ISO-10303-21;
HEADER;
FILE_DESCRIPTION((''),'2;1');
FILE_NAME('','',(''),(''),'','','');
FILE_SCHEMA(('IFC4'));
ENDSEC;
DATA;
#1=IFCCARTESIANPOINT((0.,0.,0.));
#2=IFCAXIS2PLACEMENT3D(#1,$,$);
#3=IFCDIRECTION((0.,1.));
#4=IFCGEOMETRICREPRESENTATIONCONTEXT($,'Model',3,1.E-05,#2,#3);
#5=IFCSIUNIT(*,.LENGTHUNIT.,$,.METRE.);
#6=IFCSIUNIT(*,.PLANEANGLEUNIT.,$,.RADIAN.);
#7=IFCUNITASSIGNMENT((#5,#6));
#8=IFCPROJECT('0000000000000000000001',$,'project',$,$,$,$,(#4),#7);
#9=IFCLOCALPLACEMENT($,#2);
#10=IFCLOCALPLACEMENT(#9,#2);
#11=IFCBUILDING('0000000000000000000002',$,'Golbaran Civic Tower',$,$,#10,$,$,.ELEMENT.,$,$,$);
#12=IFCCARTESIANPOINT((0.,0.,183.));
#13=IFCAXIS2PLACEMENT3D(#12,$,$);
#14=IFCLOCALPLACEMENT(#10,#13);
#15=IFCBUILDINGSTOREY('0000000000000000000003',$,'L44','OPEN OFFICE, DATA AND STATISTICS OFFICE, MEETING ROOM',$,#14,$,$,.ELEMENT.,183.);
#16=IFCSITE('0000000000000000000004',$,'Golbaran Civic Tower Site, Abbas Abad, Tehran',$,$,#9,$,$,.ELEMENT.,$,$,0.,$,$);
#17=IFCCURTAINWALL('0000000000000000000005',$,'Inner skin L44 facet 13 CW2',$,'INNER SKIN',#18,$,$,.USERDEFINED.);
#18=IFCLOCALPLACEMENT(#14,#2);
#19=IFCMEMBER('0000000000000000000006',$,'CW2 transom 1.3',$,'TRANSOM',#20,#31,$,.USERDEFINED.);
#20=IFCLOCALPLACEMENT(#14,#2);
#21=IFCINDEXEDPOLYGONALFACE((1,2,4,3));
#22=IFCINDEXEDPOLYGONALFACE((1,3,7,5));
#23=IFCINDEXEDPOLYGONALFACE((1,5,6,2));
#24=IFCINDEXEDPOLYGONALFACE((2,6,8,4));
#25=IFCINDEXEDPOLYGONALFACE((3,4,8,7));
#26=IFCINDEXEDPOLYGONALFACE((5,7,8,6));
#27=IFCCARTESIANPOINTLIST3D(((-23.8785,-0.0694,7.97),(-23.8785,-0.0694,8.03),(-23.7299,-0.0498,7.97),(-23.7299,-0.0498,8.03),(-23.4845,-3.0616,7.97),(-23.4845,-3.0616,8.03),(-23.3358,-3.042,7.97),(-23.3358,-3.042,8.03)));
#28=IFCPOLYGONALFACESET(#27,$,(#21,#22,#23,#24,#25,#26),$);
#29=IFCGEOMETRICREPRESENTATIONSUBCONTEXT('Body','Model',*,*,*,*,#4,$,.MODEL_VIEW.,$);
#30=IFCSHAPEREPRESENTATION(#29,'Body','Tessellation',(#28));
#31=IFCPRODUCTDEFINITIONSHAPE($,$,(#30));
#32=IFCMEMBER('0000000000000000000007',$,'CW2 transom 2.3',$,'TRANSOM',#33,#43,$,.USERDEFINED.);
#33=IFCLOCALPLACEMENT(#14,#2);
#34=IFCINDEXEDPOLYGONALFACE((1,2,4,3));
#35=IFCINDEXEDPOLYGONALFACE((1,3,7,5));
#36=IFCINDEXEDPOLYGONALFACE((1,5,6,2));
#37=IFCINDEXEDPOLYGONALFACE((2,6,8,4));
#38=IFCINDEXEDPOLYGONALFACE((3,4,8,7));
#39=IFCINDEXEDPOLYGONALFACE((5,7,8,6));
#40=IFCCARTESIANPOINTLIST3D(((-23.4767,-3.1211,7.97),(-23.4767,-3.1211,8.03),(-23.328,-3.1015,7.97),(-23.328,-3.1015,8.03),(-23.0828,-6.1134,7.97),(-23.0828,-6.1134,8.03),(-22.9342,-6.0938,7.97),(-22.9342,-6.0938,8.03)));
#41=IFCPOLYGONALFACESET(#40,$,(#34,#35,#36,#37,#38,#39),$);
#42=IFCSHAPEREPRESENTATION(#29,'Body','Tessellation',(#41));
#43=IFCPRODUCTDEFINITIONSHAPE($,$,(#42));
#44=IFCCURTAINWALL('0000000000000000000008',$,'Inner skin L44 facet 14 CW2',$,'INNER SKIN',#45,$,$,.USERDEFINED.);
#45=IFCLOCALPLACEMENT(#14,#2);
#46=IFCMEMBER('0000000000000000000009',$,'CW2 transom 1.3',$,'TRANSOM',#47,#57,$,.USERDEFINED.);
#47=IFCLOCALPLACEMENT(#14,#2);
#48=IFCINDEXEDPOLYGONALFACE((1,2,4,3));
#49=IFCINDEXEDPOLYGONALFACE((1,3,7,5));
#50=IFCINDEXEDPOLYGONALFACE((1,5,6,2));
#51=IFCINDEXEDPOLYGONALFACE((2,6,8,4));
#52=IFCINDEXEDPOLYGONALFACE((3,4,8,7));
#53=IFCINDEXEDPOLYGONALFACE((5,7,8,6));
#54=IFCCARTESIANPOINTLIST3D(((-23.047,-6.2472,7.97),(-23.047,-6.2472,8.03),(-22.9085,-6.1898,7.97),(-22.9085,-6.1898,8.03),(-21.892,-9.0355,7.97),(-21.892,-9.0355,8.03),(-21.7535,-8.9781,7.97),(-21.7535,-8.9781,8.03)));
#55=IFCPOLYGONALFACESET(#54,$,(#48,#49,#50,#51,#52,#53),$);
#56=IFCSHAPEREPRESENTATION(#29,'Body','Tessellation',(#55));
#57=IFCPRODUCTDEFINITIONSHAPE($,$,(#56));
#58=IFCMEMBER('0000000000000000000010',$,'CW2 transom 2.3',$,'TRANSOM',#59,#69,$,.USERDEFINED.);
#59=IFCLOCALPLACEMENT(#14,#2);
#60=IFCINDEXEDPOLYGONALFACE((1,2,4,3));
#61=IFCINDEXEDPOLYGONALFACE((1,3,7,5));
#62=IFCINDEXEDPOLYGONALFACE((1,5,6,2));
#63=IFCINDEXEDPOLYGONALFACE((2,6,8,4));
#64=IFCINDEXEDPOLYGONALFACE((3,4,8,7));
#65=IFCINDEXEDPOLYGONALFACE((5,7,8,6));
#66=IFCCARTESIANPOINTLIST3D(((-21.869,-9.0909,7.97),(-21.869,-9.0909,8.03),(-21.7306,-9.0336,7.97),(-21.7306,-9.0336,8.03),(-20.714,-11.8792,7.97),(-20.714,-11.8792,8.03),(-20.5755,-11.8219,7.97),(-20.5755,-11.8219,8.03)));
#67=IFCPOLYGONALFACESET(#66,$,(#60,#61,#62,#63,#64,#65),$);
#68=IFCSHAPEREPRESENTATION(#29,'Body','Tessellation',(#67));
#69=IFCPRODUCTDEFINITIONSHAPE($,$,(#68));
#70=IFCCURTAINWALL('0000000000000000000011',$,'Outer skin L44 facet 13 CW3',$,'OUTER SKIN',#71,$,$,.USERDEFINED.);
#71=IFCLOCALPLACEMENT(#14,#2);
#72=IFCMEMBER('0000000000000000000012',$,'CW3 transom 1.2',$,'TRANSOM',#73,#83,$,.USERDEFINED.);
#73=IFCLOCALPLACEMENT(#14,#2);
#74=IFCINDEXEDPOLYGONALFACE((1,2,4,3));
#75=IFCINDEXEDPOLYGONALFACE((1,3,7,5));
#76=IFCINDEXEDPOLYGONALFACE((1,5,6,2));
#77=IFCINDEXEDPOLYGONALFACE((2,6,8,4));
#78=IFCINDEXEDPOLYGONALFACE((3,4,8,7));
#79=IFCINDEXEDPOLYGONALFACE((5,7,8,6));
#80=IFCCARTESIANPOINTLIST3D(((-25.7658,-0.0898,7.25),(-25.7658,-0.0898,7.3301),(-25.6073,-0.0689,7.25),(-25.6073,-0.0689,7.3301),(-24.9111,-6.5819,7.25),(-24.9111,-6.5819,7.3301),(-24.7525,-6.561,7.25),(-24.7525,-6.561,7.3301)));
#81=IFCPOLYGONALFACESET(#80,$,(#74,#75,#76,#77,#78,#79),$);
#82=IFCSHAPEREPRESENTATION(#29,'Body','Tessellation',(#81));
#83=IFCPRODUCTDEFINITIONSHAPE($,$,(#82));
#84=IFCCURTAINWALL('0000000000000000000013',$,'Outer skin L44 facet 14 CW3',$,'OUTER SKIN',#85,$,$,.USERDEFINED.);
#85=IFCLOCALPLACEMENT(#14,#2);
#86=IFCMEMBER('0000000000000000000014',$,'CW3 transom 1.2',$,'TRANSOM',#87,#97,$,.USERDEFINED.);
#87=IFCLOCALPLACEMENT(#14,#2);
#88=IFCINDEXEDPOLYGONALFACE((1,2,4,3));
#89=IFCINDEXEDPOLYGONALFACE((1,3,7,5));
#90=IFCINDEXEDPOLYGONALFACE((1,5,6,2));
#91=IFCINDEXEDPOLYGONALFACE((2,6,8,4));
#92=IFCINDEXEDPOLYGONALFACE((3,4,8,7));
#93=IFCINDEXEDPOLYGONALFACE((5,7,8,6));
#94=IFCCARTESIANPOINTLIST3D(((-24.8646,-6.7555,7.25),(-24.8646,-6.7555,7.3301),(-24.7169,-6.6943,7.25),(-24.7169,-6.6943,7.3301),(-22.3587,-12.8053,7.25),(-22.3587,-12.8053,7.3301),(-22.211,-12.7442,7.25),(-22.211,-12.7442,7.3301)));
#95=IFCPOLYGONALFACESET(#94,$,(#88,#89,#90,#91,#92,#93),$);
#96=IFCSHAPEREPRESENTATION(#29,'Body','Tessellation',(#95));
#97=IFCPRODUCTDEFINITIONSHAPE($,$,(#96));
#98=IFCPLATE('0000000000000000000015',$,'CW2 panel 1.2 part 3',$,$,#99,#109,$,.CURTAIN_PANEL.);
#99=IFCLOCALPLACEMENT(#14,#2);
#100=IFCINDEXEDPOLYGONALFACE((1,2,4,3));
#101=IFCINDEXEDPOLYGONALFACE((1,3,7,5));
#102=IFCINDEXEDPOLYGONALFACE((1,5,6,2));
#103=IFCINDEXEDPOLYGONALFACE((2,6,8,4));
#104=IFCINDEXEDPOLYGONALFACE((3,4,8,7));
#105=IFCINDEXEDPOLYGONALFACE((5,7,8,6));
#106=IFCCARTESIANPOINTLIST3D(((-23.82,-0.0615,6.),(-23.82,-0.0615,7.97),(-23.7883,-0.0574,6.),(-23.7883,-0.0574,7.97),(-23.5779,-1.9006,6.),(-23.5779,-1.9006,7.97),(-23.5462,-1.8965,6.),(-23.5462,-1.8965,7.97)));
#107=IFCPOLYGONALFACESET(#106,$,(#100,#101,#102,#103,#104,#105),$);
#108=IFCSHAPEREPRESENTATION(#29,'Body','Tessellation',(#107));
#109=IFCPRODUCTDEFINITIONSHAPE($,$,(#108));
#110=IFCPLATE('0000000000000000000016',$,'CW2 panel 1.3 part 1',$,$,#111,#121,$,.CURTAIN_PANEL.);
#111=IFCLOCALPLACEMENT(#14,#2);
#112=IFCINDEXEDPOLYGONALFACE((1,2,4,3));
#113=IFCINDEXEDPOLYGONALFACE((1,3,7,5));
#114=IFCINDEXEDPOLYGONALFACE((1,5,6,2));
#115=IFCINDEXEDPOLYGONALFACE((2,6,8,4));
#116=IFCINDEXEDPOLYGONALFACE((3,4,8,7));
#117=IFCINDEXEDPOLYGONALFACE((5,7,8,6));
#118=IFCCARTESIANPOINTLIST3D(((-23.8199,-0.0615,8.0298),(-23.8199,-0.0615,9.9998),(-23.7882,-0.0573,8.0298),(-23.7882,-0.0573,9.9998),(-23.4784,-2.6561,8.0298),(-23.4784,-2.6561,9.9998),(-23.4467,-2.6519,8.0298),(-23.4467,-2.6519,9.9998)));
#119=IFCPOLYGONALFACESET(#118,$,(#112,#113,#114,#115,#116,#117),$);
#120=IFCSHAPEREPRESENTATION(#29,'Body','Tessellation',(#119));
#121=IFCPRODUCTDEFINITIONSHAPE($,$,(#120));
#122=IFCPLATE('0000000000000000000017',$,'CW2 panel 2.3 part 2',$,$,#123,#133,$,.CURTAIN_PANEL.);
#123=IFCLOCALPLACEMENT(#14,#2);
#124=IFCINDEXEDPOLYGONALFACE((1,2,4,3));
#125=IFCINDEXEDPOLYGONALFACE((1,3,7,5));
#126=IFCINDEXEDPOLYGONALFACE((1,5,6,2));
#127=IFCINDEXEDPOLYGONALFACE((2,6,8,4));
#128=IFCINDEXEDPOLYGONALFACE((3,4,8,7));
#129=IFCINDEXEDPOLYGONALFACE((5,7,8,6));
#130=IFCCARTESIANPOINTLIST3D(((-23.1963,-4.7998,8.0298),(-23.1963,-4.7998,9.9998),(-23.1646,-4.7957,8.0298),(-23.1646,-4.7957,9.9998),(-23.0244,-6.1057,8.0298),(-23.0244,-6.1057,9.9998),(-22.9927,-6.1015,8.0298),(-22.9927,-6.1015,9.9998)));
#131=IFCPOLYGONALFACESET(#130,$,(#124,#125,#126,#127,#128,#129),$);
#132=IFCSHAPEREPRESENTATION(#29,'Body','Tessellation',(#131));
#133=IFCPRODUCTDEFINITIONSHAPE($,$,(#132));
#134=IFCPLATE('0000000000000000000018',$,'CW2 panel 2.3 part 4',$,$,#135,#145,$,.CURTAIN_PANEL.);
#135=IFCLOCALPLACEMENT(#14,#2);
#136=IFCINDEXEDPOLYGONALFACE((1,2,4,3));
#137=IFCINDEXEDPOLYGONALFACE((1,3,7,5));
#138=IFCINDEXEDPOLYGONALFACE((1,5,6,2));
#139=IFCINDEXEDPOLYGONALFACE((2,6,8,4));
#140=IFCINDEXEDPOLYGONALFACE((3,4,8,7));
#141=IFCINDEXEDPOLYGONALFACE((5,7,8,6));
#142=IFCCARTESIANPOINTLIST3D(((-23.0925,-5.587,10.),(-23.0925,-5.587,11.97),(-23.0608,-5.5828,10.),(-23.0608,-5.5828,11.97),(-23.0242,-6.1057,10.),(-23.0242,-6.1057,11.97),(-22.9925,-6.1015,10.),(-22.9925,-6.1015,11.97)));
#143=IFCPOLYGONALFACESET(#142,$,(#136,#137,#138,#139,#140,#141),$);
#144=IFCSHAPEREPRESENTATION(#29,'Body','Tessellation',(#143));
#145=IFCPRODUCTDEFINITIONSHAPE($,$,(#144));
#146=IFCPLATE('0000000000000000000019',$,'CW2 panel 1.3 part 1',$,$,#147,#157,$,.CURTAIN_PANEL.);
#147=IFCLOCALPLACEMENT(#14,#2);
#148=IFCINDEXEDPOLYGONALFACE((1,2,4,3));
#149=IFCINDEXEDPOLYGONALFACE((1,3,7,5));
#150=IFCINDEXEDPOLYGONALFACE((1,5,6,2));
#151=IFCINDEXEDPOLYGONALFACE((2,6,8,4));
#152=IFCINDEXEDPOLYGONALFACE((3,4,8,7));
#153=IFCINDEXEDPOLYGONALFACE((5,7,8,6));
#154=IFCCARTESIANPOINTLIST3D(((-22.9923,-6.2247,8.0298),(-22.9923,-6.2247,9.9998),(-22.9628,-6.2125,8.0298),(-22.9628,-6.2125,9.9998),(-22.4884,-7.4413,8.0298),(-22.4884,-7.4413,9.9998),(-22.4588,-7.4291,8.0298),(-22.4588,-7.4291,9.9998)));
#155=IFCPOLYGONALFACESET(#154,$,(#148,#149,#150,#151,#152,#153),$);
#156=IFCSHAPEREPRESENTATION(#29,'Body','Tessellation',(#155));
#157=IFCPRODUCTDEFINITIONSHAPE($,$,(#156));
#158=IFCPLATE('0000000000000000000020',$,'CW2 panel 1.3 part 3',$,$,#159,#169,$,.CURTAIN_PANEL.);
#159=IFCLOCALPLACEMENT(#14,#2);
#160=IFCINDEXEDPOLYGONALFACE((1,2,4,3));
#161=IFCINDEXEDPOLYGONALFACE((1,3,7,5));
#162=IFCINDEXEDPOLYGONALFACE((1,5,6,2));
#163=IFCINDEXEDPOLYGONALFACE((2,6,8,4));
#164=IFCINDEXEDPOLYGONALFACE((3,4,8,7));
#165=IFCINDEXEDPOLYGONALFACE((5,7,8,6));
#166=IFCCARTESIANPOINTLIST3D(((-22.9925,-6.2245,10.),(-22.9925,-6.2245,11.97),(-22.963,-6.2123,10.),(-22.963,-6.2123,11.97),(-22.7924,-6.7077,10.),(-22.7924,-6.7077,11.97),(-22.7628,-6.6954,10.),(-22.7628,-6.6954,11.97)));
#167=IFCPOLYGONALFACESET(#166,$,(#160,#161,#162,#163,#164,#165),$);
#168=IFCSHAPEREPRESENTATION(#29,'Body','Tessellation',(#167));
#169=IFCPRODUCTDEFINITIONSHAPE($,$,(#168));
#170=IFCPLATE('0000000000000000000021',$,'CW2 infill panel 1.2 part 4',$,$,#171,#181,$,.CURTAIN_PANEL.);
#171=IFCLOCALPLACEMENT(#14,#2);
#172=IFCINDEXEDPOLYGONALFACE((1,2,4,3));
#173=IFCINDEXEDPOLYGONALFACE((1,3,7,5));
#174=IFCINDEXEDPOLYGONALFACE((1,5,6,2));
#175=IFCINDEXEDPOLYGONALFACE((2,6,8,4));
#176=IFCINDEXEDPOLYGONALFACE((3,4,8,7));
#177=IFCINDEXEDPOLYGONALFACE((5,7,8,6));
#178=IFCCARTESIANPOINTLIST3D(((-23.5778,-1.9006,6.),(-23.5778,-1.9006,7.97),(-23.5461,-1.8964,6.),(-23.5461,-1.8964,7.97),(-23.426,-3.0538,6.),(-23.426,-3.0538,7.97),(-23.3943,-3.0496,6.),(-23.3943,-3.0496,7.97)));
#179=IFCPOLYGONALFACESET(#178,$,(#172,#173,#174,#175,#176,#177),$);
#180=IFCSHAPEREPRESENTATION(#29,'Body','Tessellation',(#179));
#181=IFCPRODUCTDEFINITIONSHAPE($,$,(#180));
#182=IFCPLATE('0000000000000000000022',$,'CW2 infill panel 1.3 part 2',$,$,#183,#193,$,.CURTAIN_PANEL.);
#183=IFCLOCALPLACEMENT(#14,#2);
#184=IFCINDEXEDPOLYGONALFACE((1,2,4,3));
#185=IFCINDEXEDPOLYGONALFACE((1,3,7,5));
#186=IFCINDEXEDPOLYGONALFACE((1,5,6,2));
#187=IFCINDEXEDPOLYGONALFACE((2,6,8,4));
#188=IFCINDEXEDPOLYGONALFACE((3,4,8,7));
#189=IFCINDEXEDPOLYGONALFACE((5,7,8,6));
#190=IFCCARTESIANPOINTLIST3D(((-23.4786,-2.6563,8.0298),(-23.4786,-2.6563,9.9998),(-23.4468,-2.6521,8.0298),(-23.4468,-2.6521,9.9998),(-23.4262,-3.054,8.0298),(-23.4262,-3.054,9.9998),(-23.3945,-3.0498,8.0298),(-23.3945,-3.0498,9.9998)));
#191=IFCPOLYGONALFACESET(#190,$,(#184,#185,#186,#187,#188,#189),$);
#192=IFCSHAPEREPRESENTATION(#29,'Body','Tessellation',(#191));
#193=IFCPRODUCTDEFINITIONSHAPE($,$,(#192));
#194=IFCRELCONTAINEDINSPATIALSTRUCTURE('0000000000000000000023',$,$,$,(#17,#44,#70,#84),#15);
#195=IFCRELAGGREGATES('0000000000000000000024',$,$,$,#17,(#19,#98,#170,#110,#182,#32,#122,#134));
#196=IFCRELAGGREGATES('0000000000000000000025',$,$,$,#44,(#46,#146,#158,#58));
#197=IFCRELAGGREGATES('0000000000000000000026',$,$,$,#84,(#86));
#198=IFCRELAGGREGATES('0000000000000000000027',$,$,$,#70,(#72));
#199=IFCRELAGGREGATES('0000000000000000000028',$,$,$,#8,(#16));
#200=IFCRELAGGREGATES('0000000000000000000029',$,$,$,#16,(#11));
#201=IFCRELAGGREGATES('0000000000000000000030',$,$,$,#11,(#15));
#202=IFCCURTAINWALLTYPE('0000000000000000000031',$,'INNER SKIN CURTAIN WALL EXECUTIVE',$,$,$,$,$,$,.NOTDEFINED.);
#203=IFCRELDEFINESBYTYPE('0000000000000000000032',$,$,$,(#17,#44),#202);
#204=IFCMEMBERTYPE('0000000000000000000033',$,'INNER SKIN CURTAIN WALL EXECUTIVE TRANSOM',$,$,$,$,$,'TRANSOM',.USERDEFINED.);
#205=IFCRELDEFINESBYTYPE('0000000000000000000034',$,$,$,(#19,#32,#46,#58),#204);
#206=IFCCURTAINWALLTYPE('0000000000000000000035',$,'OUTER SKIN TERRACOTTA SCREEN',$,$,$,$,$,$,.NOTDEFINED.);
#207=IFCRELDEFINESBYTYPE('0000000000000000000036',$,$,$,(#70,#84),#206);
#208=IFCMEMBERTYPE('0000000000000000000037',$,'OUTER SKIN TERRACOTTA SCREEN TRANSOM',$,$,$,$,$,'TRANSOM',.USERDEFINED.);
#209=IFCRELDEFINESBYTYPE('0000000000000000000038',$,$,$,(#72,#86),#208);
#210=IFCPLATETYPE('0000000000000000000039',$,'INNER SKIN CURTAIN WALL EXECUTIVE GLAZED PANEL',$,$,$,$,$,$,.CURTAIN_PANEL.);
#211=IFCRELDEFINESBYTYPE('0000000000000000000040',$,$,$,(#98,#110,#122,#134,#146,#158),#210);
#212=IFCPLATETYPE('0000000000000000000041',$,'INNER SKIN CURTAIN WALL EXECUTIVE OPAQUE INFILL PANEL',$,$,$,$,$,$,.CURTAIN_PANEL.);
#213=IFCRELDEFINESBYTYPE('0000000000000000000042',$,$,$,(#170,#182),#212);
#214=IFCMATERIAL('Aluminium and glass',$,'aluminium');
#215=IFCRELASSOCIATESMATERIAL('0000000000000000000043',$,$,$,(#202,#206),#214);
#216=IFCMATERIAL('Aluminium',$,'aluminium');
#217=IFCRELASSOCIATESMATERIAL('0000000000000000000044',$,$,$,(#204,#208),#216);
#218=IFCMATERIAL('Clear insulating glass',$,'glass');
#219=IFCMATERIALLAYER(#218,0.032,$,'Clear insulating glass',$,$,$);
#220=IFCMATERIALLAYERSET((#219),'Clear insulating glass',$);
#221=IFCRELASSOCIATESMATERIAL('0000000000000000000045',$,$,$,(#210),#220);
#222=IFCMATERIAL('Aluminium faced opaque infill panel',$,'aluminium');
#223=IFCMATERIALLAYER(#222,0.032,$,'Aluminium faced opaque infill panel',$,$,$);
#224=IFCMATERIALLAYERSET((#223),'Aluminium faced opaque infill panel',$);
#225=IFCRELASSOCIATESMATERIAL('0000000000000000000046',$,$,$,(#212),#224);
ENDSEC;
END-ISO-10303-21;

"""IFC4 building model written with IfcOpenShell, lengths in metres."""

from ifc_helpers import new_model, si_unit, direction, frame, origin, origin_2d, place, context, subcontext, project, spatial, rectangle, extrude, material, layer, layer_set, material_profile, profile_set, type_object, element, aggregate, save


model = new_model("IFC4")

# Units and contexts
model_context = context("Model", 3, precision=1e-05, world=origin(), true_north=direction((0.0, 1.0)))
body_context = subcontext(model_context, "Body", "Model", "MODEL_VIEW")
ifc_project = project(units=[si_unit("LENGTHUNIT", "METRE"), si_unit("PLANEANGLEUNIT", "RADIAN")], contexts=[model_context])

# Site, building, storey
site_placement = place(None, origin())
site = spatial("IfcSite", under=ifc_project, at=site_placement, Name="Golbaran Civic Tower Site, Abbas Abad, Tehran", CompositionType="ELEMENT", RefElevation=0.0)
building_placement = place(site_placement, origin())
building = spatial("IfcBuilding", under=site, at=building_placement, Name="Golbaran Civic Tower", CompositionType="ELEMENT")
storey_placement = place(building_placement, frame((0.0, 0.0, 183.0)))
storey = spatial("IfcBuildingStorey", under=building, at=storey_placement, Name="L44", Description="OPEN OFFICE, DATA AND STATISTICS OFFICE, MEETING ROOM", CompositionType="ELEMENT", Elevation=183.0)

# Curtain walls, members
ifc_material_1 = material(Name="Aluminium and glass", Category="aluminium")
curtain_wall_type_1 = type_object("IfcCurtainWallType", Name="INNER SKIN CURTAIN WALL EXECUTIVE", PredefinedType="NOTDEFINED", material=ifc_material_1)
curtain_wall_1_placement = place(storey_placement, origin())
curtain_wall_1 = element("IfcCurtainWall", 1, at=curtain_wall_1_placement, inside=storey, type_object=curtain_wall_type_1, Name="Inner skin L44 facet 13 CW2", ObjectType="INNER SKIN", PredefinedType="USERDEFINED")
ifc_material_2 = material(Name="Aluminium", Category="aluminium")
ifc_material_profile_1 = material_profile(ifc_material_2, rectangle(XDim=0.1499, YDim=0.0601, at=origin_2d()), Name="INNER SKIN CURTAIN WALL EXECUTIVE TRANSOM")
ifc_profile_set_1 = profile_set([ifc_material_profile_1], Name="Aluminium")
member_type_1 = type_object("IfcMemberType", Name="INNER SKIN CURTAIN WALL EXECUTIVE TRANSOM", ElementType="TRANSOM", PredefinedType="USERDEFINED", material=ifc_profile_set_1)
member_1_placement = place(storey_placement, frame((-23.8042, -0.0596, 8.0), z_axis=(0.130563, -0.99144, 0.0), x_axis=(0.99144, 0.130563, 0.0)))
member_1 = element("IfcMember", 2, at=member_1_placement, type_object=member_type_1, Name="CW2 transom 1.3", ObjectType="TRANSOM", PredefinedType="USERDEFINED", context=body_context, shape_type="SweptSolid", body=[
    extrude(rectangle(XDim=0.1499, YDim=0.0601, at=origin_2d()), origin(), (0.0, 0.0, 1.0), 3.0181),
])
member_2_placement = place(storey_placement, frame((-23.4023, -3.1113, 8.0), z_axis=(0.130484, -0.99145, 0.0), x_axis=(0.99145, 0.130484, 0.0)))
member_2 = element("IfcMember", 3, at=member_2_placement, type_object=member_type_1, Name="CW2 transom 2.3", ObjectType="TRANSOM", PredefinedType="USERDEFINED", context=body_context, shape_type="SweptSolid", body=[
    extrude(rectangle(XDim=0.1499, YDim=0.0601, at=origin_2d()), origin(), (0.0, 0.0, 1.0), 3.0181),
])
curtain_wall_2_placement = place(storey_placement, origin())
curtain_wall_2 = element("IfcCurtainWall", 4, at=curtain_wall_2_placement, inside=storey, type_object=curtain_wall_type_1, Name="Inner skin L44 facet 14 CW2", ObjectType="INNER SKIN", PredefinedType="USERDEFINED")
member_3_placement = place(storey_placement, frame((-22.9778, -6.2185, 8.0), z_axis=(0.382702, -0.923872, 0.0), x_axis=(0.923872, 0.382702, 0.0)))
member_3 = element("IfcMember", 5, at=member_3_placement, type_object=member_type_1, Name="CW2 transom 1.3", ObjectType="TRANSOM", PredefinedType="USERDEFINED", context=body_context, shape_type="SweptSolid", body=[
    extrude(rectangle(XDim=0.1499, YDim=0.0601, at=origin_2d()), origin(), (0.0, 0.0, 1.0), 3.0181),
])
member_4_placement = place(storey_placement, frame((-21.7998, -9.0623, 8.0), z_axis=(0.382702, -0.923872, 0.0), x_axis=(0.923872, 0.382702, 0.0)))
member_4 = element("IfcMember", 6, at=member_4_placement, type_object=member_type_1, Name="CW2 transom 2.3", ObjectType="TRANSOM", PredefinedType="USERDEFINED", context=body_context, shape_type="SweptSolid", body=[
    extrude(rectangle(XDim=0.1499, YDim=0.0601, at=origin_2d()), origin(), (0.0, 0.0, 1.0), 3.0181),
])

# Curtain walls, members
curtain_wall_type_2 = type_object("IfcCurtainWallType", Name="OUTER SKIN TERRACOTTA SCREEN", PredefinedType="NOTDEFINED", material=ifc_material_1)
curtain_wall_3_placement = place(storey_placement, origin())
curtain_wall_3 = element("IfcCurtainWall", 7, at=curtain_wall_3_placement, inside=storey, type_object=curtain_wall_type_2, Name="Outer skin L44 facet 13 CW3", ObjectType="OUTER SKIN", PredefinedType="USERDEFINED")
ifc_material_profile_2 = material_profile(ifc_material_2, rectangle(XDim=0.1599, YDim=0.0801, at=origin_2d()), Name="OUTER SKIN TERRACOTTA SCREEN TRANSOM")
ifc_profile_set_2 = profile_set([ifc_material_profile_2], Name="Aluminium")
member_type_2 = type_object("IfcMemberType", Name="OUTER SKIN TERRACOTTA SCREEN TRANSOM", ElementType="TRANSOM", PredefinedType="USERDEFINED", material=ifc_profile_set_2)
member_5_placement = place(storey_placement, frame((-25.6865, -0.0793, 7.29), z_axis=(0.13053, -0.991444, 0.0), x_axis=(0.991444, 0.13053, 0.0)))
member_5 = element("IfcMember", 8, at=member_5_placement, type_object=member_type_2, Name="CW3 transom 1.2", ObjectType="TRANSOM", PredefinedType="USERDEFINED", context=body_context, shape_type="SweptSolid", body=[
    extrude(rectangle(XDim=0.1599, YDim=0.0801, at=origin_2d()), origin(), (0.0, 0.0, 1.0), 6.5481),
])
curtain_wall_4_placement = place(storey_placement, origin())
curtain_wall_4 = element("IfcCurtainWall", 9, at=curtain_wall_4_placement, inside=storey, type_object=curtain_wall_type_2, Name="Outer skin L44 facet 14 CW3", ObjectType="OUTER SKIN", PredefinedType="USERDEFINED")
member_6_placement = place(storey_placement, frame((-24.7908, -6.7249, 7.29), z_axis=(0.382677, -0.923882, 0.0), x_axis=(0.923882, 0.382677, 0.0)))
member_6 = element("IfcMember", 10, at=member_6_placement, type_object=member_type_2, Name="CW3 transom 1.2", ObjectType="TRANSOM", PredefinedType="USERDEFINED", context=body_context, shape_type="SweptSolid", body=[
    extrude(rectangle(XDim=0.1599, YDim=0.0801, at=origin_2d()), origin(), (0.0, 0.0, 1.0), 6.5483),
])

# Plates
ifc_material_3 = material(Name="Clear insulating glass", Category="glass")
ifc_layer_1 = layer(ifc_material_3, 0.032, Name="Clear insulating glass")
ifc_layer_set_1 = layer_set([ifc_layer_1], Name="Clear insulating glass")
plate_type_1 = type_object("IfcPlateType", Name="INNER SKIN CURTAIN WALL EXECUTIVE GLAZED PANEL", PredefinedType="CURTAIN_PANEL", material=ifc_layer_set_1)
plate_1_placement = place(storey_placement, frame((-23.6831, -0.979, 6.0), z_axis=(0.0, 0.0, 1.0), x_axis=(0.130526, -0.991445, 0.0)))
plate_1 = element("IfcPlate", 11, at=plate_1_placement, type_object=plate_type_1, Name="CW2 panel 1.2 part 3", PredefinedType="CURTAIN_PANEL", context=body_context, shape_type="SweptSolid", body=[
    extrude(rectangle(XDim=1.855, YDim=0.032, at=origin_2d()), origin(), (0.0, 0.0, 1.0), 1.97),
])
plate_2_placement = place(storey_placement, frame((-23.6333, -1.3567, 8.0298), z_axis=(0.0, 0.0, 1.0), x_axis=(0.130526, -0.991445, 0.0)))
plate_2 = element("IfcPlate", 12, at=plate_2_placement, type_object=plate_type_1, Name="CW2 panel 1.3 part 1", PredefinedType="CURTAIN_PANEL", context=body_context, shape_type="SweptSolid", body=[
    extrude(rectangle(XDim=2.6169, YDim=0.032, at=origin_2d()), origin(), (0.0, 0.0, 1.0), 1.97),
])
plate_3_placement = place(storey_placement, frame((-23.0945, -5.4507, 8.0298), z_axis=(0.0, 0.0, 1.0), x_axis=(0.130526, -0.991445, 0.0)))
plate_3 = element("IfcPlate", 13, at=plate_3_placement, type_object=plate_type_1, Name="CW2 panel 2.3 part 2", PredefinedType="CURTAIN_PANEL", context=body_context, shape_type="SweptSolid", body=[
    extrude(rectangle(XDim=1.3171, YDim=0.032, at=origin_2d()), origin(), (0.0, 0.0, 1.0), 1.97),
])
plate_4_placement = place(storey_placement, frame((-23.0425, -5.8442, 10.0), z_axis=(0.0, 0.0, 1.0), x_axis=(0.130526, -0.991445, 0.0)))
plate_4 = element("IfcPlate", 14, at=plate_4_placement, type_object=plate_type_1, Name="CW2 panel 2.3 part 4", PredefinedType="CURTAIN_PANEL", context=body_context, shape_type="SweptSolid", body=[
    extrude(rectangle(XDim=0.5232, YDim=0.032, at=origin_2d()), origin(), (0.0, 0.0, 1.0), 1.97),
])
plate_5_placement = place(storey_placement, frame((-22.7256, -6.8269, 8.0298), z_axis=(0.0, 0.0, 1.0), x_axis=(0.382683, -0.92388, 0.0)))
plate_5 = element("IfcPlate", 15, at=plate_5_placement, type_object=plate_type_1, Name="CW2 panel 1.3 part 1", PredefinedType="CURTAIN_PANEL", context=body_context, shape_type="SweptSolid", body=[
    extrude(rectangle(XDim=1.3169, YDim=0.032, at=origin_2d()), origin(), (0.0, 0.0, 1.0), 1.97),
])
plate_6_placement = place(storey_placement, frame((-22.8777, -6.46, 10.0), z_axis=(0.0, 0.0, 1.0), x_axis=(0.382683, -0.92388, 0.0)))
plate_6 = element("IfcPlate", 16, at=plate_6_placement, type_object=plate_type_1, Name="CW2 panel 1.3 part 3", PredefinedType="CURTAIN_PANEL", context=body_context, shape_type="SweptSolid", body=[
    extrude(rectangle(XDim=0.5229, YDim=0.032, at=origin_2d()), origin(), (0.0, 0.0, 1.0), 1.97),
])
ifc_material_4 = material(Name="Aluminium faced opaque infill panel", Category="aluminium")
ifc_layer_2 = layer(ifc_material_4, 0.032, Name="Aluminium faced opaque infill panel")
ifc_layer_set_2 = layer_set([ifc_layer_2], Name="Aluminium faced opaque infill panel")
plate_type_2 = type_object("IfcPlateType", Name="INNER SKIN CURTAIN WALL EXECUTIVE OPAQUE INFILL PANEL", PredefinedType="CURTAIN_PANEL", material=ifc_layer_set_2)
plate_7_placement = place(storey_placement, frame((-23.4861, -2.4751, 6.0), z_axis=(0.0, 0.0, 1.0), x_axis=(0.130526, -0.991445, 0.0)))
plate_7 = element("IfcPlate", 17, at=plate_7_placement, type_object=plate_type_2, Name="CW2 infill panel 1.2 part 4", PredefinedType="CURTAIN_PANEL", context=body_context, shape_type="SweptSolid", body=[
    extrude(rectangle(XDim=1.1631, YDim=0.032, at=origin_2d()), origin(), (0.0, 0.0, 1.0), 1.97),
])
plate_8_placement = place(storey_placement, frame((-23.4365, -2.853, 8.0298), z_axis=(0.0, 0.0, 1.0), x_axis=(0.130526, -0.991445, 0.0)))
plate_8 = element("IfcPlate", 18, at=plate_8_placement, type_object=plate_type_2, Name="CW2 infill panel 1.3 part 2", PredefinedType="CURTAIN_PANEL", context=body_context, shape_type="SweptSolid", body=[
    extrude(rectangle(XDim=0.4011, YDim=0.032, at=origin_2d()), origin(), (0.0, 0.0, 1.0), 1.97),
])
aggregate(curtain_wall_1, [member_1, plate_1, plate_7, plate_2, plate_8, member_2, plate_3, plate_4])
aggregate(curtain_wall_2, [member_3, plate_5, plate_6, member_4])
aggregate(curtain_wall_4, [member_6])
aggregate(curtain_wall_3, [member_5])

save(model, "model.ifc")
